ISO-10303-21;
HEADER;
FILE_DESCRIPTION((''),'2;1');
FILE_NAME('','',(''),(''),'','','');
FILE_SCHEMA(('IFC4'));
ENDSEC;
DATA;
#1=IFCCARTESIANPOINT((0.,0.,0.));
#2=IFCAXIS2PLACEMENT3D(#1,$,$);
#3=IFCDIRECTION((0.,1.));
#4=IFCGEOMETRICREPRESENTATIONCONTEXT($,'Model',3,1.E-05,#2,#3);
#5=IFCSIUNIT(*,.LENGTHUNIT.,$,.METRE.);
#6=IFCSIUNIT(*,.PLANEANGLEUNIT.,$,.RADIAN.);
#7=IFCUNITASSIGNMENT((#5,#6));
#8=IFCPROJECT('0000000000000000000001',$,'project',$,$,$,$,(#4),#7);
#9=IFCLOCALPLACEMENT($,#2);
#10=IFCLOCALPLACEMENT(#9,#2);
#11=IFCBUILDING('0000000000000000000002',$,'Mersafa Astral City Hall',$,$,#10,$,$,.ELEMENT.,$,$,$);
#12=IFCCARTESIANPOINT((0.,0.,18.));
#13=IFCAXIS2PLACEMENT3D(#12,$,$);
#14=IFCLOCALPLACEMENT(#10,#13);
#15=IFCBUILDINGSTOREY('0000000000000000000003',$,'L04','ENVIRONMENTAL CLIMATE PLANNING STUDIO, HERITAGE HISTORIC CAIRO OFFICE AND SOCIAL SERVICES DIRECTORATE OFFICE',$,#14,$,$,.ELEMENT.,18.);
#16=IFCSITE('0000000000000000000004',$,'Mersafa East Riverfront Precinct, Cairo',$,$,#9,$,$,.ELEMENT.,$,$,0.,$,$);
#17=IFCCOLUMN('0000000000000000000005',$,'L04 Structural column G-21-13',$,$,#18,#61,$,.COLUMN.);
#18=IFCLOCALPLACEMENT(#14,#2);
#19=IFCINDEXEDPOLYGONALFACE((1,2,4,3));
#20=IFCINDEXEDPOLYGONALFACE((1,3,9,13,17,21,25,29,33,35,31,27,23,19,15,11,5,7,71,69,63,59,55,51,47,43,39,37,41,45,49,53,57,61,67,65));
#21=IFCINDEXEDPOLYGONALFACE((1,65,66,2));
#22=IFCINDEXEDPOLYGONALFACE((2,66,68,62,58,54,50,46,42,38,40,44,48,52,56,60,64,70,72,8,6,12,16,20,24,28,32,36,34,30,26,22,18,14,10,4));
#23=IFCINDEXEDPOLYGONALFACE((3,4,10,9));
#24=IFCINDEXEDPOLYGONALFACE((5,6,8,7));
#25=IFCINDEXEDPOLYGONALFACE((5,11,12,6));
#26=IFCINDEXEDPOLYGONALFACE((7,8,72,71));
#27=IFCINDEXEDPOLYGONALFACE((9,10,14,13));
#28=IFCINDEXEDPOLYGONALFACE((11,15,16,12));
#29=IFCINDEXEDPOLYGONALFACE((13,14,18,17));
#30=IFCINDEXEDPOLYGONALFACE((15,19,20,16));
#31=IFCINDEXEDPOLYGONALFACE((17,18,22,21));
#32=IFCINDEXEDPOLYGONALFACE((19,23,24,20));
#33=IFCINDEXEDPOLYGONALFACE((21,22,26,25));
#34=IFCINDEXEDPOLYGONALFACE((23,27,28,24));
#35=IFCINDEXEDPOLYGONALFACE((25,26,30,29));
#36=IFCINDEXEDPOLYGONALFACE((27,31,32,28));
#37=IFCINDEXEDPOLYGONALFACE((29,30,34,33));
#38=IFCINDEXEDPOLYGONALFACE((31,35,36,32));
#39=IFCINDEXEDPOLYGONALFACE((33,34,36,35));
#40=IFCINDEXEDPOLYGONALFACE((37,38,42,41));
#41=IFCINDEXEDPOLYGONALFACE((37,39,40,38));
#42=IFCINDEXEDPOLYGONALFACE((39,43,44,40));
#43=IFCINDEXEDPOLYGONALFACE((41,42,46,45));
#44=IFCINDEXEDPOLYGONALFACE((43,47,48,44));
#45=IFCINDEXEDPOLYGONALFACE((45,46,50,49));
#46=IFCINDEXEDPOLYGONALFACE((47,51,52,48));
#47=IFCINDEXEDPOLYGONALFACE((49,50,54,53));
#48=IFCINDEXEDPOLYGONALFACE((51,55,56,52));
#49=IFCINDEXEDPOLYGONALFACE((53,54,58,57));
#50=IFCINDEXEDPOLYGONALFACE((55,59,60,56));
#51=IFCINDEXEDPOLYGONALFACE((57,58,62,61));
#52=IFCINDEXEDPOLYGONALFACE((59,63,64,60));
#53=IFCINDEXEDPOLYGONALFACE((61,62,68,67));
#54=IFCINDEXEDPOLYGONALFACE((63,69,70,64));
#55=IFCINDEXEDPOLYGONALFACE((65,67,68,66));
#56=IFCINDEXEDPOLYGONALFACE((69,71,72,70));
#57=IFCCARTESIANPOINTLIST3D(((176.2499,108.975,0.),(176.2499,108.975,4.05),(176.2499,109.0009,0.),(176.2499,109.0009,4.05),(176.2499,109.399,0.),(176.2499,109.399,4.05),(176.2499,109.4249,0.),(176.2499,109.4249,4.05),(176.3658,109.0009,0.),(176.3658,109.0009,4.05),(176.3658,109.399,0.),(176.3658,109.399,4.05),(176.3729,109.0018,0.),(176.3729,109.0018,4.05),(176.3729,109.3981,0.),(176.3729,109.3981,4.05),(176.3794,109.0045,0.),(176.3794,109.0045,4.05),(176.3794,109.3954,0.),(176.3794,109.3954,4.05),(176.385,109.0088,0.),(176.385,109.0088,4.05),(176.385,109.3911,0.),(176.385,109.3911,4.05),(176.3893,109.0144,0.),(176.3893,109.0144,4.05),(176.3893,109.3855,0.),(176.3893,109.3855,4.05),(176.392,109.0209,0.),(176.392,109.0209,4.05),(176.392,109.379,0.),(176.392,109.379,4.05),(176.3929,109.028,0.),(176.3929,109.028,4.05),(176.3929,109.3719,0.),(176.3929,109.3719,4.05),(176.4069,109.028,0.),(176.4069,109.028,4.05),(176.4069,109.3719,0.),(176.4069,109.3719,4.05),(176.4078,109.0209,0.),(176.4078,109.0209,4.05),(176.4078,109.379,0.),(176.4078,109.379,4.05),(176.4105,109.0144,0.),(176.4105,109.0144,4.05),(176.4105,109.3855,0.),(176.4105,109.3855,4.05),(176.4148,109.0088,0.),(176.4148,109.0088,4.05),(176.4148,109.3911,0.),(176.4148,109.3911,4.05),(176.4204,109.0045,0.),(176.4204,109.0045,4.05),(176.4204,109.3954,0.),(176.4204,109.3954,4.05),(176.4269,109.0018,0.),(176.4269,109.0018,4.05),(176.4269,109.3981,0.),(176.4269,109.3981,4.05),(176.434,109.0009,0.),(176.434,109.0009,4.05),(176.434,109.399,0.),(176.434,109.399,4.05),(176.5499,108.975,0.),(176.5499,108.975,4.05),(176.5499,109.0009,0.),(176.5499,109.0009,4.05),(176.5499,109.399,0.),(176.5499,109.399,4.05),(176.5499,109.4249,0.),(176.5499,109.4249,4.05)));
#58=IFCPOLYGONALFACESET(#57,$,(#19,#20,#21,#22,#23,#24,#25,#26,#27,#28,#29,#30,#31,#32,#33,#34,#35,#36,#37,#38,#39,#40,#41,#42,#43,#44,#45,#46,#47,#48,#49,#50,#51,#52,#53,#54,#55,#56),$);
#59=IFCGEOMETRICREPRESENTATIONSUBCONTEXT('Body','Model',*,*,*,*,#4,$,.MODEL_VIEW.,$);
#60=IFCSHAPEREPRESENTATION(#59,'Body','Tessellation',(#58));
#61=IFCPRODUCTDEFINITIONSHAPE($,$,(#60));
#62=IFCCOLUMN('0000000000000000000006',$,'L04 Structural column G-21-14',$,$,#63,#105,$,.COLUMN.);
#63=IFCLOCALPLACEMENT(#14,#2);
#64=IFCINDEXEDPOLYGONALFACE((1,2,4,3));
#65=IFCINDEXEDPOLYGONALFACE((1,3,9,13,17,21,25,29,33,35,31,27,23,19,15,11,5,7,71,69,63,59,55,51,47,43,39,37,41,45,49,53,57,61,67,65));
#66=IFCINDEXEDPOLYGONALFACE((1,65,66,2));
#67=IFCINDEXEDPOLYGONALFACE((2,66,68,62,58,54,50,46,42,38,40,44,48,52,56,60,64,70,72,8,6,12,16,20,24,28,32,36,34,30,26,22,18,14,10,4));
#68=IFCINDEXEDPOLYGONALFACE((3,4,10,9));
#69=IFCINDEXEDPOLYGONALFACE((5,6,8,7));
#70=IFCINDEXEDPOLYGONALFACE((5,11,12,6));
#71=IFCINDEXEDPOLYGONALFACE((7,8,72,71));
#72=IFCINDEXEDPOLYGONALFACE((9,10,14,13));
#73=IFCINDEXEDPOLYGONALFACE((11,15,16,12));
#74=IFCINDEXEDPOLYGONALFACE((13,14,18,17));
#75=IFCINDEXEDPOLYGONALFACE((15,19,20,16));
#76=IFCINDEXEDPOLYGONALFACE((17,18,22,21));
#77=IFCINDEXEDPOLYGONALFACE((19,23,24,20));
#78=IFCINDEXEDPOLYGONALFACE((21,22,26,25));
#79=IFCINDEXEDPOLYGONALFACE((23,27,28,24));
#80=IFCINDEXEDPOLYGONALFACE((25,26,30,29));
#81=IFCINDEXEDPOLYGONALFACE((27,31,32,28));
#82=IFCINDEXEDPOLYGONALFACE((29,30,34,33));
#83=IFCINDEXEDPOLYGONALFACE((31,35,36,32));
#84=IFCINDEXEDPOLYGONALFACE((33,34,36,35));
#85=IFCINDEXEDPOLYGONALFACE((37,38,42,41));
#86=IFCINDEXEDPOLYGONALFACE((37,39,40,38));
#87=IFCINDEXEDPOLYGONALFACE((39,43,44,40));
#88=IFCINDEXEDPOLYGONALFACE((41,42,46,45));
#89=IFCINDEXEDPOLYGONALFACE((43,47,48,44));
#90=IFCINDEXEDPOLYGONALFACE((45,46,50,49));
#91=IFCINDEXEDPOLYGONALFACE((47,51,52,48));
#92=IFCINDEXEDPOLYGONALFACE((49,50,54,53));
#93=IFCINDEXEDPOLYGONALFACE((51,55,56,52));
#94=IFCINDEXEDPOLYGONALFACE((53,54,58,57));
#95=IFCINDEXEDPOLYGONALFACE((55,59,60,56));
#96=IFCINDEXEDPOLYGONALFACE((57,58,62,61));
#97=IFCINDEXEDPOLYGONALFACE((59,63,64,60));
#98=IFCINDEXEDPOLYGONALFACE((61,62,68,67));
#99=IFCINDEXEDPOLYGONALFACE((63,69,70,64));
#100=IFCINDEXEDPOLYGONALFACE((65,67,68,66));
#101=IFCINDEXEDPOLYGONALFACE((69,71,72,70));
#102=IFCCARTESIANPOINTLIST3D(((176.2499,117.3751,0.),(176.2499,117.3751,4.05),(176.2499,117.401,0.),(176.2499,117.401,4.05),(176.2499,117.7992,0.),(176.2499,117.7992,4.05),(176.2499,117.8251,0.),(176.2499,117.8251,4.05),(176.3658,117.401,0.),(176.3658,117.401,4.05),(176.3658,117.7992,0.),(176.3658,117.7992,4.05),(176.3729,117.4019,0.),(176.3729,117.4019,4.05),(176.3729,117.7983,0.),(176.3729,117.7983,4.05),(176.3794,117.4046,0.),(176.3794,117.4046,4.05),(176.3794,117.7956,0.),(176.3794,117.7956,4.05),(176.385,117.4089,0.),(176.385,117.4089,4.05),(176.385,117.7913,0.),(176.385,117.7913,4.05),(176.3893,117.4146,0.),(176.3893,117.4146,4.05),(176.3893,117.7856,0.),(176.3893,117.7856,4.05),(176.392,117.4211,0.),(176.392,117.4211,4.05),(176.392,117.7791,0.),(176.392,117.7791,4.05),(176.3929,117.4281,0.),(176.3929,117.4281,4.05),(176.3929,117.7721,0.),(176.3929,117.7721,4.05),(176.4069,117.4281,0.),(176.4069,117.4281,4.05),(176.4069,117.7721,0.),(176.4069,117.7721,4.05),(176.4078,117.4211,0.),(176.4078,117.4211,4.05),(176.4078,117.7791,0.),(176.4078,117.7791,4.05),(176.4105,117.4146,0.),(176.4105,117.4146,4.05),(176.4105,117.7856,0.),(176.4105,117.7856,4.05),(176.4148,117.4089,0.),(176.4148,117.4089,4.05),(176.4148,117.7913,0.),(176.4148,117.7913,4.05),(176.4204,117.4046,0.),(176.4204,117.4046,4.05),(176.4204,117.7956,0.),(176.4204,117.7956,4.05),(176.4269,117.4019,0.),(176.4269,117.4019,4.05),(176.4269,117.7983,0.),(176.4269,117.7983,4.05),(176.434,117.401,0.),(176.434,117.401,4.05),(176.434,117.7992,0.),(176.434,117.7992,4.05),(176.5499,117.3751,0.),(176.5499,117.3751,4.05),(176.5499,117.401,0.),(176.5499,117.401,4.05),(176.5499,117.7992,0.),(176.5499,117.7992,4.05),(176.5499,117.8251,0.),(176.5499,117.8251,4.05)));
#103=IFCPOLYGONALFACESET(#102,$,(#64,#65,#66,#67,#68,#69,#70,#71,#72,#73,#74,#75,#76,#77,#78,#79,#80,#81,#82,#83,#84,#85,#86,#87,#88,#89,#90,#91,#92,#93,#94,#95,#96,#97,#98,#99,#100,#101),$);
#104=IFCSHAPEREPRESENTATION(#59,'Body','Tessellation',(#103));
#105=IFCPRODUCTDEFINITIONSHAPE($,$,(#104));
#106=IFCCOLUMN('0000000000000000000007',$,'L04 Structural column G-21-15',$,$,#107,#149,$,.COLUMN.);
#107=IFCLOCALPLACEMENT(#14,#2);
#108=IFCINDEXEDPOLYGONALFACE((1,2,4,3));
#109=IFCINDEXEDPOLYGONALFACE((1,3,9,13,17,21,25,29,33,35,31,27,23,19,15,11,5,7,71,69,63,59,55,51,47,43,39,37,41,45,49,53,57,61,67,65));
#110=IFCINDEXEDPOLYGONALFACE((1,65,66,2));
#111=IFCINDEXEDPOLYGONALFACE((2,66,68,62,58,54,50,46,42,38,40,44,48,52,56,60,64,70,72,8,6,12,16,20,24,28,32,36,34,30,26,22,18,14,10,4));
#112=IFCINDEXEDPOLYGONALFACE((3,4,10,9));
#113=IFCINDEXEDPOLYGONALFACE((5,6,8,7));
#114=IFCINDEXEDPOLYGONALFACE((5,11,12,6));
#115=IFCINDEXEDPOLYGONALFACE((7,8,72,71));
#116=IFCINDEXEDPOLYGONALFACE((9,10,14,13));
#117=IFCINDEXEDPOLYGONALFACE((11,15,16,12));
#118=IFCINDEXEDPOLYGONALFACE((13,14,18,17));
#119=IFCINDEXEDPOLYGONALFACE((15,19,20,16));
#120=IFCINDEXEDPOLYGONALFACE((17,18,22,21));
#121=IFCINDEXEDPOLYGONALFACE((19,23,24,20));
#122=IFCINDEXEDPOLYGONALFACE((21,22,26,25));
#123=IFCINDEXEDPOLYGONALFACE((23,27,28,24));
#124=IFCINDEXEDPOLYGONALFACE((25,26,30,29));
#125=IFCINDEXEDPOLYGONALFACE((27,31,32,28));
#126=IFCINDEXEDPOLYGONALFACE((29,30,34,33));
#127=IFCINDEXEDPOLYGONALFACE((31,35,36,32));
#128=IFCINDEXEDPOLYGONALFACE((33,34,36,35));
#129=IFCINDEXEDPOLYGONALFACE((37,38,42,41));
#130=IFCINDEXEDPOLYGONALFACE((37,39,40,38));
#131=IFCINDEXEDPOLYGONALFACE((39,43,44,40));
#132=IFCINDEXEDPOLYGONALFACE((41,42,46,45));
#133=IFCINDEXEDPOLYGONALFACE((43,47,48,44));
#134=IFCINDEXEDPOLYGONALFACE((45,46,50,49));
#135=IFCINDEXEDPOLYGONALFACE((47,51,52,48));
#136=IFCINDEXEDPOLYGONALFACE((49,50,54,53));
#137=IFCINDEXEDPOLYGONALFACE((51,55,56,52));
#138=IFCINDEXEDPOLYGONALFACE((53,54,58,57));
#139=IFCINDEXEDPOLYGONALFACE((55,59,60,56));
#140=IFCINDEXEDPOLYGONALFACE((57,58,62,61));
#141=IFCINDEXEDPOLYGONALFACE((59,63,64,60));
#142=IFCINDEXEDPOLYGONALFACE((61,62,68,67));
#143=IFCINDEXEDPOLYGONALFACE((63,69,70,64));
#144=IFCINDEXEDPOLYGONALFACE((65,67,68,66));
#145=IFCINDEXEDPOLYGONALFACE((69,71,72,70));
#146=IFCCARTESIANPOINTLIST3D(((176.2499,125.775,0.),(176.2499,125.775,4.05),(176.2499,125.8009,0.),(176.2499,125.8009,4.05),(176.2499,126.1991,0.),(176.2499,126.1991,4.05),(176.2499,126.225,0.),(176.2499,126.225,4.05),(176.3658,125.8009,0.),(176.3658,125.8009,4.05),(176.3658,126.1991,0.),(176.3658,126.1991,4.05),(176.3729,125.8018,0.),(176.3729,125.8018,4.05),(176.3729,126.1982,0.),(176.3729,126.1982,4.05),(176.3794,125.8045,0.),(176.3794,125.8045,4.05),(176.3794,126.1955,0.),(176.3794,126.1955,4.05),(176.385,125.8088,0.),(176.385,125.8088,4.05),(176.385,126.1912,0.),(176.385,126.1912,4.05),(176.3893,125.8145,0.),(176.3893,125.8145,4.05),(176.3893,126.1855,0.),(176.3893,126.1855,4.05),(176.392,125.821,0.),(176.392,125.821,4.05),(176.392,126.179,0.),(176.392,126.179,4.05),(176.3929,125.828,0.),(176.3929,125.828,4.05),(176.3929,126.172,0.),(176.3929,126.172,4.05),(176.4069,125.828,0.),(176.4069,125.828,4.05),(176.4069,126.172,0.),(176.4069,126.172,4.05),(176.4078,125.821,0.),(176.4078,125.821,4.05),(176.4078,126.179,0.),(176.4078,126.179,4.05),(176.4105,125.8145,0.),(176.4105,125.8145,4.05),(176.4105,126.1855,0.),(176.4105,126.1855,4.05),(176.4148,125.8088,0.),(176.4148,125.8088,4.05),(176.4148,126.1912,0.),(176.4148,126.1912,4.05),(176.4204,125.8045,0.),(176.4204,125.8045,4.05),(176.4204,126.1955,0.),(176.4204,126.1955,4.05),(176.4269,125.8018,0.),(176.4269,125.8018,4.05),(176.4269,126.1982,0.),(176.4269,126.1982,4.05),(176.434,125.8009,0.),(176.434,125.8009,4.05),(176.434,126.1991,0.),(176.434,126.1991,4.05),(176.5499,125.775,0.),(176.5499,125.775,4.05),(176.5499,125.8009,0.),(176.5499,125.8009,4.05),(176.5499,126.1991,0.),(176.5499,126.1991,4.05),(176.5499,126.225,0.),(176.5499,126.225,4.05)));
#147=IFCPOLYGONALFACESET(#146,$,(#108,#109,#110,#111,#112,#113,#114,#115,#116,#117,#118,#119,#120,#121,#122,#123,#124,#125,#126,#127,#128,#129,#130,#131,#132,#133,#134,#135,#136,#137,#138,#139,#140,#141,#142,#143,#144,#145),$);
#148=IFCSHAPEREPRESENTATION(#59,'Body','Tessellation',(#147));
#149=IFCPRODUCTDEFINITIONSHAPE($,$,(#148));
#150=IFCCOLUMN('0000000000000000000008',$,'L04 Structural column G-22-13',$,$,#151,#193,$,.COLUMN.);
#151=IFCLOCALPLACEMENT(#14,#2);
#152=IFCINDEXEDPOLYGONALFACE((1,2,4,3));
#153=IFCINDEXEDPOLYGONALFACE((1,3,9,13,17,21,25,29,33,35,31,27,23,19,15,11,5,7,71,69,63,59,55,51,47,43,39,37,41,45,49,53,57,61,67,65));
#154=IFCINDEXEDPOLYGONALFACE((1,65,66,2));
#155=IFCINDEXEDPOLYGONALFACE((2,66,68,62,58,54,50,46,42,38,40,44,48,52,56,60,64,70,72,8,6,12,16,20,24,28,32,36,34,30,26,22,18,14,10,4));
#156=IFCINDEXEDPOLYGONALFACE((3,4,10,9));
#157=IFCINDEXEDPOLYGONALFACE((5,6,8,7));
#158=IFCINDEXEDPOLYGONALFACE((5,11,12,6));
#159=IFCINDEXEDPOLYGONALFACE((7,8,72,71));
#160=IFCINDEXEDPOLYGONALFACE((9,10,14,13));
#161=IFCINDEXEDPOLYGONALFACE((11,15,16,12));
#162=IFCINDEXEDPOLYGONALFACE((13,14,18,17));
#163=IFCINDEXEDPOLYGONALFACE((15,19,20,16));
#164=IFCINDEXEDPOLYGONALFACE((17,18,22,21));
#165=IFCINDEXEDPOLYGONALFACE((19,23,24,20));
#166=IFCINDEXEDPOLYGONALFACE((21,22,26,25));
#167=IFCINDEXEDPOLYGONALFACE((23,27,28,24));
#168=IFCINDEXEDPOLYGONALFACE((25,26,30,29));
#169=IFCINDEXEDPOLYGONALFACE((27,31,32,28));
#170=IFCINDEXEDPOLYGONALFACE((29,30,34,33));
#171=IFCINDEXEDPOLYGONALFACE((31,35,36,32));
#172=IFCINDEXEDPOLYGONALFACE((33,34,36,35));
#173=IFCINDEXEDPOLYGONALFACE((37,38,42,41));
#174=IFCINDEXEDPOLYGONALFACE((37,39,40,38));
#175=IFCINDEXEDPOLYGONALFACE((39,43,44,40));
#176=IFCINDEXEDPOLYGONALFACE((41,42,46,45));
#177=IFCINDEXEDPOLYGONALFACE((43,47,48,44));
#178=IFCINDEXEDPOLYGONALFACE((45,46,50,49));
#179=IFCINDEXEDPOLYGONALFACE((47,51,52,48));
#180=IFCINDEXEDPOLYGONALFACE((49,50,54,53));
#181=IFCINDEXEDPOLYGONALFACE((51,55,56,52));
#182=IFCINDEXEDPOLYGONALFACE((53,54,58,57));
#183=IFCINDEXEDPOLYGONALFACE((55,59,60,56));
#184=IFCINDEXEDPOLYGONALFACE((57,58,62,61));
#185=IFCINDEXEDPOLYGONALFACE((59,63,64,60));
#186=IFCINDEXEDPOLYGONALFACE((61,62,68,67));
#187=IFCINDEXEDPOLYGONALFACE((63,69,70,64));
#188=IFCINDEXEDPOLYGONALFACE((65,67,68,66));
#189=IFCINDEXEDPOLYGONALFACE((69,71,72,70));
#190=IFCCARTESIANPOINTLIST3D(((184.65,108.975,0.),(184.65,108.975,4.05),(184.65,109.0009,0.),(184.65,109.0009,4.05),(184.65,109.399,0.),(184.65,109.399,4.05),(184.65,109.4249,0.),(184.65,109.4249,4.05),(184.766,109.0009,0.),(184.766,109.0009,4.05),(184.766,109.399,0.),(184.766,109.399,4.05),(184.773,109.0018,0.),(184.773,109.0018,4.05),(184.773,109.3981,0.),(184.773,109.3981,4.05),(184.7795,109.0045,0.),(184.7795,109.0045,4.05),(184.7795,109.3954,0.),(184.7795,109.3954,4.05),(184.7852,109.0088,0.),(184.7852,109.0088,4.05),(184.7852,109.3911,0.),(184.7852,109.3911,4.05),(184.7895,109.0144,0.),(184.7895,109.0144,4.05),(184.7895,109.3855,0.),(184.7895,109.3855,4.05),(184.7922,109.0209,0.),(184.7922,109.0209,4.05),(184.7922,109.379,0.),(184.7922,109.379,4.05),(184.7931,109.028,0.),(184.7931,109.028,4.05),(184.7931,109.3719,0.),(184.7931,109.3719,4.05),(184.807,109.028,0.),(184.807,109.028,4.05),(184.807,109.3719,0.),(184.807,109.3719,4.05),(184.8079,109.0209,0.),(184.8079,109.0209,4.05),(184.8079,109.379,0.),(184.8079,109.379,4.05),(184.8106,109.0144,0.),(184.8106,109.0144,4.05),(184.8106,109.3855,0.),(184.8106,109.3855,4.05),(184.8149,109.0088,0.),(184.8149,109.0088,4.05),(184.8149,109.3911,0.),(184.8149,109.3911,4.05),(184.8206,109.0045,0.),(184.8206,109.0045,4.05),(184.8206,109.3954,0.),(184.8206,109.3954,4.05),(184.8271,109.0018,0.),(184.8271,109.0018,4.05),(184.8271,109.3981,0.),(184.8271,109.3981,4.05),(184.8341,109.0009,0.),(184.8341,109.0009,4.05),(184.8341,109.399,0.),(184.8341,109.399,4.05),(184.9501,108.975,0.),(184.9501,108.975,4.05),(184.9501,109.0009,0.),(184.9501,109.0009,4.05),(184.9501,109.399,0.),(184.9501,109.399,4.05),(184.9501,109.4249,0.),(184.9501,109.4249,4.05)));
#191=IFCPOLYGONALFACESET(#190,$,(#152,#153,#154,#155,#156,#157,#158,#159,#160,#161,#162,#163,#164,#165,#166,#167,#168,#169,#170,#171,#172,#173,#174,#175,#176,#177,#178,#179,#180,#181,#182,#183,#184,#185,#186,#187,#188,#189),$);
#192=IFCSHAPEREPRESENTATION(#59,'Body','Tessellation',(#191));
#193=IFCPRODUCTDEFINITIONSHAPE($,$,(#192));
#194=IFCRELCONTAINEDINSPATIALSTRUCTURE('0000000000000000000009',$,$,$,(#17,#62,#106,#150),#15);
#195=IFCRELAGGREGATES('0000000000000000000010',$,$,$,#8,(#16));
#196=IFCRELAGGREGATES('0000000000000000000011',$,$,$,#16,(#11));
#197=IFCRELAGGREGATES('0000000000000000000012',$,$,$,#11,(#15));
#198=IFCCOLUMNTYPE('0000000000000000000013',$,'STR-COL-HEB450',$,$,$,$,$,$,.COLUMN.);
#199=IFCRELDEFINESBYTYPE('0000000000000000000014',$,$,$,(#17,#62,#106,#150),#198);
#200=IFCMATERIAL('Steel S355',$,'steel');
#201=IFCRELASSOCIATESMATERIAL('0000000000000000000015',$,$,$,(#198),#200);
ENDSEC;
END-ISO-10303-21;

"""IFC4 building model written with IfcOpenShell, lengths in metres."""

from ifc_helpers import new_model, si_unit, direction, frame, origin, origin_2d, place, context, subcontext, project, spatial, i_section, extrude, material, material_profile, profile_set, type_object, element, save


model = new_model("IFC4")

# Units and contexts
model_context = context("Model", 3, precision=1e-05, world=origin(), true_north=direction((0.0, 1.0)))
body_context = subcontext(model_context, "Body", "Model", "MODEL_VIEW")
ifc_project = project(units=[si_unit("LENGTHUNIT", "METRE"), si_unit("PLANEANGLEUNIT", "RADIAN")], contexts=[model_context])

# Site, building, storey
site_placement = place(None, origin())
site = spatial("IfcSite", under=ifc_project, at=site_placement, Name="Mersafa East Riverfront Precinct, Cairo", CompositionType="ELEMENT", RefElevation=0.0)
building_placement = place(site_placement, origin())
building = spatial("IfcBuilding", under=site, at=building_placement, Name="Mersafa Astral City Hall", CompositionType="ELEMENT")
storey_placement = place(building_placement, frame((0.0, 0.0, 18.0)))
storey = spatial("IfcBuildingStorey", under=building, at=storey_placement, Name="L04", Description="ENVIRONMENTAL CLIMATE PLANNING STUDIO, HERITAGE HISTORIC CAIRO OFFICE AND SOCIAL SERVICES DIRECTORATE OFFICE", CompositionType="ELEMENT", Elevation=18.0)

# Columns
ifc_material_1 = material(Name="Steel S355", Category="steel")
ifc_material_profile_1 = material_profile(ifc_material_1, i_section(OverallWidth=0.3, OverallDepth=0.45, WebThickness=0.0139, FlangeThickness=0.0259, FilletRadius=0.0271, at=origin_2d()), Name="HEB 450")
ifc_profile_set_1 = profile_set([ifc_material_profile_1], Name="Steel S355")
column_type = type_object("IfcColumnType", Name="STR-COL-HEB450", PredefinedType="COLUMN", material=ifc_profile_set_1)
for number, where, z_axis, x_axis, name in (
    (1, (176.3999, 109.2, 0.0), (0.0, 0.0, 1.0), (1.0, 0.0, 0.0), "L04 Structural column G-21-13"),
    (2, (176.3999, 117.6001, 0.0), (0.0, 0.0, 1.0), (1.0, 0.0, 0.0), "L04 Structural column G-21-14"),
    (3, (176.3999, 126.0, 0.0), (0.0, 0.0, 1.0), (1.0, 0.0, 0.0), "L04 Structural column G-21-15"),
    (4, (184.8, 109.2, 0.0), (0.0, 0.0, 1.0), (1.0, 0.0, 0.0), "L04 Structural column G-22-13"),
):
    element("IfcColumn", number, at=place(storey_placement, frame(where, z_axis=z_axis, x_axis=x_axis)), inside=storey, type_object=column_type, Name=name, PredefinedType="COLUMN", context=body_context, shape_type="SweptSolid", body=[
        extrude(i_section(OverallWidth=0.3, OverallDepth=0.45, WebThickness=0.0139, FlangeThickness=0.0259, FilletRadius=0.0271, at=origin_2d()), origin(), (0.0, 0.0, 1.0), 4.05),
    ])

save(model, "model.ifc")
